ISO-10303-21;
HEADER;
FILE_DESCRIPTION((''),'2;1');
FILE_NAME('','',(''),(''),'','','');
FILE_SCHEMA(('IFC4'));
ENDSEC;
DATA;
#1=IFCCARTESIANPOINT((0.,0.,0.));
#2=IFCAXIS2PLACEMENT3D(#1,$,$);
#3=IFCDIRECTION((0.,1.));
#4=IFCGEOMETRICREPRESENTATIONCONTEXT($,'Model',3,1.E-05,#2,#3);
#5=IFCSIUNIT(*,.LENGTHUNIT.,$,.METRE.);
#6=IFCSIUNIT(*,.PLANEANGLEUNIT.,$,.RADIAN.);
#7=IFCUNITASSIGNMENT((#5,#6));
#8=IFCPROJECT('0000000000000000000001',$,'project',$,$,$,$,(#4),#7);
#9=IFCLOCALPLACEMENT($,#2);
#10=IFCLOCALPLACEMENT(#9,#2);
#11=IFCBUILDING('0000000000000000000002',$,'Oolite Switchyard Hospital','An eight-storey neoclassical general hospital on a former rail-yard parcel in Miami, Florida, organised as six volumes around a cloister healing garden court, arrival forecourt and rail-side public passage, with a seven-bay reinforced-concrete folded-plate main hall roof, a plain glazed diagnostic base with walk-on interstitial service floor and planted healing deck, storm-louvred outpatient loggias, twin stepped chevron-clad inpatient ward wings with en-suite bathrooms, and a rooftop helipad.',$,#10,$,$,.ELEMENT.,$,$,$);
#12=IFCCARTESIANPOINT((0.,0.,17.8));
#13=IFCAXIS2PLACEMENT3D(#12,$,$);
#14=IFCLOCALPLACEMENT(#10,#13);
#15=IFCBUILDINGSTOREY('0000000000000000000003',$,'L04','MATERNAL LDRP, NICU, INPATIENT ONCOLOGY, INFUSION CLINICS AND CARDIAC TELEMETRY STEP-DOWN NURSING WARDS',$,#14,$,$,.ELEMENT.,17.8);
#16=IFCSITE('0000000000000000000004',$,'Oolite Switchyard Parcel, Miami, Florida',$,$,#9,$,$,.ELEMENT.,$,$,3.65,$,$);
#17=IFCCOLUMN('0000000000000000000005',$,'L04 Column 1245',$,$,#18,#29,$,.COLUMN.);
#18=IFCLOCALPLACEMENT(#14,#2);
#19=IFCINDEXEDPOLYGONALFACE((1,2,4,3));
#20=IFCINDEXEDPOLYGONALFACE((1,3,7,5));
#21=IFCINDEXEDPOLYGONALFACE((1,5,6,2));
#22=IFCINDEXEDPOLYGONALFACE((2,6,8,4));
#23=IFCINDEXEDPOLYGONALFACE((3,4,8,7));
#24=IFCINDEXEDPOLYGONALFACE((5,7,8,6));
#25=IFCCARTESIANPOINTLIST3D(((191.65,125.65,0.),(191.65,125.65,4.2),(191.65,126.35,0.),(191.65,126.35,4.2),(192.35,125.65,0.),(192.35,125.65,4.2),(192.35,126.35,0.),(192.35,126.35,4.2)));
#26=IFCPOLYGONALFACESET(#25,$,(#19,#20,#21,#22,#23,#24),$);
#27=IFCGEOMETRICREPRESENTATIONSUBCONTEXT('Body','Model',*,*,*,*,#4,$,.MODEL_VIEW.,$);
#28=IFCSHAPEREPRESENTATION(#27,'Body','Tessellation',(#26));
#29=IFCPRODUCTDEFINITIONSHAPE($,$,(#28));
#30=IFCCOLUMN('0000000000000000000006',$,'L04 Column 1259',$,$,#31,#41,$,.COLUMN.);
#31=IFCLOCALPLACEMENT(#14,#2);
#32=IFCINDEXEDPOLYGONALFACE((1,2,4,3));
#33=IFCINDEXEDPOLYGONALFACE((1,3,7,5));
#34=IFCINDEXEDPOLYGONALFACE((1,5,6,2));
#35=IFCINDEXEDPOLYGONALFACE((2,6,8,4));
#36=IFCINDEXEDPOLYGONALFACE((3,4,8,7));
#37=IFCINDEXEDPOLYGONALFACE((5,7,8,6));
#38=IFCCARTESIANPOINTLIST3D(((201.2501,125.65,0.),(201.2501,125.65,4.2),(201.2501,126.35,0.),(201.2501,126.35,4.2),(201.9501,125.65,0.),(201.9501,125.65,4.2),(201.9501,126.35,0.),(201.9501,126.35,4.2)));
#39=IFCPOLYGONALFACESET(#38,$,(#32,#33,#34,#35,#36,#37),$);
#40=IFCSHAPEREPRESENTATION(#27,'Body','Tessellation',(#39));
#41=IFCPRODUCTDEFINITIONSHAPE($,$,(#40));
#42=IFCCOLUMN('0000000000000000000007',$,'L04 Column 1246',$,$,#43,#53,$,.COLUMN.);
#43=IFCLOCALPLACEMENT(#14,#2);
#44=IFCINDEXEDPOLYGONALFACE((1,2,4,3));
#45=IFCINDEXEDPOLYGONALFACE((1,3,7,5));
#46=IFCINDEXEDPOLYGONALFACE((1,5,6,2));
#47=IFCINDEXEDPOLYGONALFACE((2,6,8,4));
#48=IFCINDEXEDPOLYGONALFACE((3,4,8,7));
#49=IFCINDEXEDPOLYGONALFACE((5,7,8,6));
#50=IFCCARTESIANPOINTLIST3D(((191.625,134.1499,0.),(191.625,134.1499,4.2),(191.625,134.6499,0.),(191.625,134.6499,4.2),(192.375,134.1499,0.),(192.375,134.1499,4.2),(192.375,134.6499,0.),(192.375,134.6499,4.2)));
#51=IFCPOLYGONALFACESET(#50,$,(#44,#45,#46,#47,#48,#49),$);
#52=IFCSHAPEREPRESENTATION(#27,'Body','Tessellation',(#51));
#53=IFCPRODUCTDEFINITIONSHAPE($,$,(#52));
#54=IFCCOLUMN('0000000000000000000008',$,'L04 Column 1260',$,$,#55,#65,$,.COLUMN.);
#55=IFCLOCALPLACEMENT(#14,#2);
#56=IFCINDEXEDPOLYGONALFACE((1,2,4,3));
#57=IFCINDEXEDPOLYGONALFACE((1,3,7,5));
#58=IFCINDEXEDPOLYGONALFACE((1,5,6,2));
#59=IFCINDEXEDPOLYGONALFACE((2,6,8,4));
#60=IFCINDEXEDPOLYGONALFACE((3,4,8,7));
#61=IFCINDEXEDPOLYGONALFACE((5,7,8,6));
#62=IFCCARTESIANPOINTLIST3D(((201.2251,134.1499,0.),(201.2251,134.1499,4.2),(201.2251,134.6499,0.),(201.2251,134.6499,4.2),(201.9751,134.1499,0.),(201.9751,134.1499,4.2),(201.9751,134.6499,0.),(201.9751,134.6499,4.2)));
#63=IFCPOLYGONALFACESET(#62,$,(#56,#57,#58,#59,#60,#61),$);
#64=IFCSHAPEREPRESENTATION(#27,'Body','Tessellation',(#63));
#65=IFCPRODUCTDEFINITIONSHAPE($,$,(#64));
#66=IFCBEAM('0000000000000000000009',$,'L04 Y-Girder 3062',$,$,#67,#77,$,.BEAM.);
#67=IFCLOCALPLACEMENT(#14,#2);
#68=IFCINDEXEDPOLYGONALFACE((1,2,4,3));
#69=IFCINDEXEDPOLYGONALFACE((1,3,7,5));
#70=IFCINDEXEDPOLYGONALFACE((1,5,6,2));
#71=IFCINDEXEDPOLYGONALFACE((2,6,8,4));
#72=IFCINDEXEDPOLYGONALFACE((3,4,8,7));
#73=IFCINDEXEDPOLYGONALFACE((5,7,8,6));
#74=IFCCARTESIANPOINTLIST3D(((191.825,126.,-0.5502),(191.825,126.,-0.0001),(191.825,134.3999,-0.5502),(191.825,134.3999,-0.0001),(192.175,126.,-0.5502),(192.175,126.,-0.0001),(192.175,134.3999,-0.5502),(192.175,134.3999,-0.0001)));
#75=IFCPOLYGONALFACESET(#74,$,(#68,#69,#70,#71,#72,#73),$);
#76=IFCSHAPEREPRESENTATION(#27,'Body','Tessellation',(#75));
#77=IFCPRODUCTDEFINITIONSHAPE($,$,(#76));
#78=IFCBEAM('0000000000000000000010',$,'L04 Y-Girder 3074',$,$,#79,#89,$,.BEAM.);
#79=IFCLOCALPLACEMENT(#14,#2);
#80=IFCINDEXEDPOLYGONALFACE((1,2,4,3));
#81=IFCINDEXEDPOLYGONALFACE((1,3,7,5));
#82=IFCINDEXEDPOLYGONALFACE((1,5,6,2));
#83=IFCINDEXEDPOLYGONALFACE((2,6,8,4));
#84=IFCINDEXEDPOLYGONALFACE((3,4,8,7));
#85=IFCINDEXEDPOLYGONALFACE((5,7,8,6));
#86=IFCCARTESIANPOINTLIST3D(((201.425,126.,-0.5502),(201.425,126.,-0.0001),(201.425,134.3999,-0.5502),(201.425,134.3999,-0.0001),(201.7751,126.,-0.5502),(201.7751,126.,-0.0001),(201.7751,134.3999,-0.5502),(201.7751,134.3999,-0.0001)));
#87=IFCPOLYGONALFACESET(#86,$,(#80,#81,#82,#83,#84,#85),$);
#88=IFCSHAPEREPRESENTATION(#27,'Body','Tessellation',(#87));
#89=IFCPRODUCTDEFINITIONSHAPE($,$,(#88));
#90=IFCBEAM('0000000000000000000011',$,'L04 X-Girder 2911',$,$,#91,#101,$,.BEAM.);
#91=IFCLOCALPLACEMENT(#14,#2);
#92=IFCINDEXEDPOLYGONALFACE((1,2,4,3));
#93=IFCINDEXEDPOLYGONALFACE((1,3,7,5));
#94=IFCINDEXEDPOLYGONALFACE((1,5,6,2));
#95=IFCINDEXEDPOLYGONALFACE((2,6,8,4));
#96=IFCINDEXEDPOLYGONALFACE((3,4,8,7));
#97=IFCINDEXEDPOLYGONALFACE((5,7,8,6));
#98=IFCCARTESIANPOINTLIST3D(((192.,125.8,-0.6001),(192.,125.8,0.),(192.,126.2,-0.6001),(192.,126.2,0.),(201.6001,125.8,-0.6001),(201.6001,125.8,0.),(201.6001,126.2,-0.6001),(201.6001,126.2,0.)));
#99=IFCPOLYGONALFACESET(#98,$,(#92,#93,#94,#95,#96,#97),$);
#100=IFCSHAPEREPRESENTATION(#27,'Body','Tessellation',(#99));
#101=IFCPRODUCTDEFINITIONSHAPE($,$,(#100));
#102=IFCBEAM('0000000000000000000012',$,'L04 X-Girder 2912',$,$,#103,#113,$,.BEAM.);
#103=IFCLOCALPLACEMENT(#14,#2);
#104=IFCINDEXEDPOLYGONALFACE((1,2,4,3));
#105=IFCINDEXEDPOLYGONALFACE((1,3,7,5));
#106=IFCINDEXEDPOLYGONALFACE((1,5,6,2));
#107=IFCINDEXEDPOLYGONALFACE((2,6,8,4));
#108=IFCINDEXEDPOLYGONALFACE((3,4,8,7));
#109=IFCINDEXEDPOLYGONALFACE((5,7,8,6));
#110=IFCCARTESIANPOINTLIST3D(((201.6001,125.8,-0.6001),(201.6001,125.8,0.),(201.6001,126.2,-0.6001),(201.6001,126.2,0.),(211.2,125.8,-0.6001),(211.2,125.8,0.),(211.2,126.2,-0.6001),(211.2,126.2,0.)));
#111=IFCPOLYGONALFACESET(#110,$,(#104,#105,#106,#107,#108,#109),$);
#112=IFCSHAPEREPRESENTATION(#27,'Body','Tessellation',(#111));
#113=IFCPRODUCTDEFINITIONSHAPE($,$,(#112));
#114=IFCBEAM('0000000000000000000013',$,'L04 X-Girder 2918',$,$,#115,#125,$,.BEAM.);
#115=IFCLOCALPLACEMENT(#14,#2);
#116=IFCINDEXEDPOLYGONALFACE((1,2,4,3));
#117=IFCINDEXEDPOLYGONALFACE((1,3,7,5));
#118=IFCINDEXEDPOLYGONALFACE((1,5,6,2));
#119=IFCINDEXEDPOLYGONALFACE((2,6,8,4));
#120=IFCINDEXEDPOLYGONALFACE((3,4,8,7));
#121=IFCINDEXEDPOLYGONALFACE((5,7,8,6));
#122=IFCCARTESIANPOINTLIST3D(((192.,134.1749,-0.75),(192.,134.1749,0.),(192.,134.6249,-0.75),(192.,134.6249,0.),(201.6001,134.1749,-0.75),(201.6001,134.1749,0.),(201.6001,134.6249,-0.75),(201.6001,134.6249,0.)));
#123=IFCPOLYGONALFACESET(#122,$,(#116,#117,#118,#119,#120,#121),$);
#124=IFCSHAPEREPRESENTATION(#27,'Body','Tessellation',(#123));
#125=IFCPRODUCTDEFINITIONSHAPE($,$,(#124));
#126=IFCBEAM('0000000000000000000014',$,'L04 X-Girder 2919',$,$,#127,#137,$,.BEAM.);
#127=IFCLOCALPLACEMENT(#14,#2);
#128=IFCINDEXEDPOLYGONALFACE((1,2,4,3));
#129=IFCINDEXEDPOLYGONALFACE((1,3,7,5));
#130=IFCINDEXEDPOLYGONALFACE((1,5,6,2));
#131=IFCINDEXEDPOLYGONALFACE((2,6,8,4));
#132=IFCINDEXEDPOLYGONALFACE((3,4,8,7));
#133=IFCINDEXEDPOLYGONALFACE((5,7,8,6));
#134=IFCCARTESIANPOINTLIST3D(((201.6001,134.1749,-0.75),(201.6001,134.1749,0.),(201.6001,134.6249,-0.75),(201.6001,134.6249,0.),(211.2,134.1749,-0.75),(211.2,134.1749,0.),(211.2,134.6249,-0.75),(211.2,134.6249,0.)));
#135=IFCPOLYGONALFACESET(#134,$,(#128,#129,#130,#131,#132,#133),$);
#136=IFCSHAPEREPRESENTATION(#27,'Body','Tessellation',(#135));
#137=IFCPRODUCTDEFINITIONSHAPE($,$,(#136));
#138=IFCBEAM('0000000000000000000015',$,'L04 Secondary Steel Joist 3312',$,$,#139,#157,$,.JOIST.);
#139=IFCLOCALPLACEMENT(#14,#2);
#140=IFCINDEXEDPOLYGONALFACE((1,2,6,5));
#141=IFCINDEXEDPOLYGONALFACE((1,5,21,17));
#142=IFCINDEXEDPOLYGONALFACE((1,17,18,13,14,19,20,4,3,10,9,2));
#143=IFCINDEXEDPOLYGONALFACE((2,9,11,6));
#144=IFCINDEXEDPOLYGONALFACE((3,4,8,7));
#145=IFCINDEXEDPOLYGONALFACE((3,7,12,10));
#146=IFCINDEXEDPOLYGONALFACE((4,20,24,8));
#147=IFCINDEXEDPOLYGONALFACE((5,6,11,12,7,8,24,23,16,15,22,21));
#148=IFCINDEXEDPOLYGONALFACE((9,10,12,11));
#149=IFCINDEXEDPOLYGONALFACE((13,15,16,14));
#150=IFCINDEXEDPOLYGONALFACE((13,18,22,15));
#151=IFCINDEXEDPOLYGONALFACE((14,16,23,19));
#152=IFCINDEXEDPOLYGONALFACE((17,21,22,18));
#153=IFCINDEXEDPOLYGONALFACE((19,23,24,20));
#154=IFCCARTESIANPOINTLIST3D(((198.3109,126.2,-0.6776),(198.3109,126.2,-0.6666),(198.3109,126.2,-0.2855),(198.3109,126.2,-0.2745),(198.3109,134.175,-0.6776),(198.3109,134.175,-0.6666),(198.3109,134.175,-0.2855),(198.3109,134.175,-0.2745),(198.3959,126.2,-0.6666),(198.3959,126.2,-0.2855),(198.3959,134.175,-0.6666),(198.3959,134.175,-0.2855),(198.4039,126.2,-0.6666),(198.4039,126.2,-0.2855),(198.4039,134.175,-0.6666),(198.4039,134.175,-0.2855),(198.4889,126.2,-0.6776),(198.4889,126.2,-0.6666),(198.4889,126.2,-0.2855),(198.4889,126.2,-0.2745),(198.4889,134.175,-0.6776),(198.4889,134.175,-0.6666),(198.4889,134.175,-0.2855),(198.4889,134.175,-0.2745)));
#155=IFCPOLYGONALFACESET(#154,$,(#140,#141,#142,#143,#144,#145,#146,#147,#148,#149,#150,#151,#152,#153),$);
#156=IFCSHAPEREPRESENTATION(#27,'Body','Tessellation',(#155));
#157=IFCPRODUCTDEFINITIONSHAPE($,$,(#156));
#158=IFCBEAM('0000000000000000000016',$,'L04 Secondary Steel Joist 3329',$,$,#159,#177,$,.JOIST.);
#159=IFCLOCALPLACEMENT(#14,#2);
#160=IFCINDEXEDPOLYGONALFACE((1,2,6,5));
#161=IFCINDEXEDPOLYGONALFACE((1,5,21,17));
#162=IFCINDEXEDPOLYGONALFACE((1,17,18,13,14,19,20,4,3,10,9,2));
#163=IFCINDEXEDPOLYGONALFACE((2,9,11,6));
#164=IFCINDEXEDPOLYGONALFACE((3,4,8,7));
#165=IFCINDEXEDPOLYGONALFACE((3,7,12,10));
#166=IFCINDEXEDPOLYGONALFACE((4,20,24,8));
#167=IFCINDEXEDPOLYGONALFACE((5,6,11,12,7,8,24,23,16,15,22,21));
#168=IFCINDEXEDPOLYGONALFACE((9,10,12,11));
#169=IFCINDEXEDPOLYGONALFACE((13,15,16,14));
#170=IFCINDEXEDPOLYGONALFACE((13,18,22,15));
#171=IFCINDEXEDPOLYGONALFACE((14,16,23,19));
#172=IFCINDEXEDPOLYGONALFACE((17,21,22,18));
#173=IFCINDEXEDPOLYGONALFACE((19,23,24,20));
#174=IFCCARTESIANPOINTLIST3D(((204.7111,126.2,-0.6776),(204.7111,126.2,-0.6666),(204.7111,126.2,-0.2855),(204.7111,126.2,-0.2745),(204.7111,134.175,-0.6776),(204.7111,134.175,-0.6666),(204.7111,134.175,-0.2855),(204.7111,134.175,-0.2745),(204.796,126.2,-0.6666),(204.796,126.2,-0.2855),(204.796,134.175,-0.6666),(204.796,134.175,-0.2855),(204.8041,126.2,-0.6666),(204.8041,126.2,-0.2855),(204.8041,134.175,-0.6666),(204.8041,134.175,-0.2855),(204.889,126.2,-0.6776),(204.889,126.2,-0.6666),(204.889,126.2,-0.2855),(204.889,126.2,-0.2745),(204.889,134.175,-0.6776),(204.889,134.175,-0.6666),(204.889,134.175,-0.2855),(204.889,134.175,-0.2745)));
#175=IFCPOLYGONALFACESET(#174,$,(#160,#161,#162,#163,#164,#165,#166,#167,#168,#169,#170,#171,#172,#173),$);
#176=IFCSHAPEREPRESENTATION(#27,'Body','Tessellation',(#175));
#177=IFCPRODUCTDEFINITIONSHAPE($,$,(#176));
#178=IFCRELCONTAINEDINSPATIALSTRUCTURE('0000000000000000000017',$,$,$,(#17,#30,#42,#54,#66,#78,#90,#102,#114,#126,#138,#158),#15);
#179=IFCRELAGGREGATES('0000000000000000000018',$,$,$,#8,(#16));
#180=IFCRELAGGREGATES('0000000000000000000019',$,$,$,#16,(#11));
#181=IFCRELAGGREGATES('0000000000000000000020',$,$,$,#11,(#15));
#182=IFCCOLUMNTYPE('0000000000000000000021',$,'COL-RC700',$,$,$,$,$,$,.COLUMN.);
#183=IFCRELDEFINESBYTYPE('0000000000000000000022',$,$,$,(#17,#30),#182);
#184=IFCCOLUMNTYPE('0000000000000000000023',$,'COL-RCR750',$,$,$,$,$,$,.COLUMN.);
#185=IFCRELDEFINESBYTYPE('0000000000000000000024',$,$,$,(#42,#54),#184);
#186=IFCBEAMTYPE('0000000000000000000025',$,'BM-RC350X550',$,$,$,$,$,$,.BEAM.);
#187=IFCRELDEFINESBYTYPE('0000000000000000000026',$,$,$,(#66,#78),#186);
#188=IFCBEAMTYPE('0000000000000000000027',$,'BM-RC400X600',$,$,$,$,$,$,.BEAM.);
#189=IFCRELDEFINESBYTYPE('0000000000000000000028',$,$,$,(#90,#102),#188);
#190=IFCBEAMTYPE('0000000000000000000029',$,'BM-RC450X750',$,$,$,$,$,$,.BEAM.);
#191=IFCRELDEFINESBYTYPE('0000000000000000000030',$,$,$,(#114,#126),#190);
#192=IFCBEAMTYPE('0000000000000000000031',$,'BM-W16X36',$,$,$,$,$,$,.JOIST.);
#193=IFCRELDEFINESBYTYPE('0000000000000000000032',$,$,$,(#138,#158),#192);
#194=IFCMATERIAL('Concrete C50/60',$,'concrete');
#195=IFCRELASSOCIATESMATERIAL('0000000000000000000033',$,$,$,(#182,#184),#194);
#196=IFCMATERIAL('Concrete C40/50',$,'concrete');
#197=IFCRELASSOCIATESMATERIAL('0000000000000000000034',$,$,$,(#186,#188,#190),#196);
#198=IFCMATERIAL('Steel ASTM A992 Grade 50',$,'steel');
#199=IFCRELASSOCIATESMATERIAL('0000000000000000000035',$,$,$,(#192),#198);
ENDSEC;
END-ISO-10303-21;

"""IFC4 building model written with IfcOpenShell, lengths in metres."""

from ifc_helpers import new_model, si_unit, direction, frame, origin, origin_2d, place, context, subcontext, project, spatial, rectangle, i_section, extrude, material, material_profile, profile_set, type_object, element, save


model = new_model("IFC4")

# Units and contexts
model_context = context("Model", 3, precision=1e-05, world=origin(), true_north=direction((0.0, 1.0)))
body_context = subcontext(model_context, "Body", "Model", "MODEL_VIEW")
ifc_project = project(units=[si_unit("LENGTHUNIT", "METRE"), si_unit("PLANEANGLEUNIT", "RADIAN")], contexts=[model_context])

# Site, building, storey
site_placement = place(None, origin())
site = spatial("IfcSite", under=ifc_project, at=site_placement, Name="Oolite Switchyard Parcel, Miami, Florida", CompositionType="ELEMENT", RefElevation=3.65)
building_placement = place(site_placement, origin())
building = spatial("IfcBuilding", under=site, at=building_placement, Name="Oolite Switchyard Hospital", Description="An eight-storey neoclassical general hospital on a former rail-yard parcel in Miami, Florida, organised as six volumes around a cloister healing garden court, arrival forecourt and rail-side public passage, with a seven-bay reinforced-concrete folded-plate main hall roof, a plain glazed diagnostic base with walk-on interstitial service floor and planted healing deck, storm-louvred outpatient loggias, twin stepped chevron-clad inpatient ward wings with en-suite bathrooms, and a rooftop helipad.", CompositionType="ELEMENT")
storey_placement = place(building_placement, frame((0.0, 0.0, 17.8)))
storey = spatial("IfcBuildingStorey", under=building, at=storey_placement, Name="L04", Description="MATERNAL LDRP, NICU, INPATIENT ONCOLOGY, INFUSION CLINICS AND CARDIAC TELEMETRY STEP-DOWN NURSING WARDS", CompositionType="ELEMENT", Elevation=17.8)

# Columns
ifc_material_1 = material(Name="Concrete C50/60", Category="concrete")
ifc_material_profile_1 = material_profile(ifc_material_1, rectangle(XDim=0.7, YDim=0.7, at=origin_2d()), Name="RC700X700")
ifc_profile_set_1 = profile_set([ifc_material_profile_1], Name="Concrete C50/60")
column_type_1 = type_object("IfcColumnType", Name="COL-RC700", PredefinedType="COLUMN", material=ifc_profile_set_1)
for number, where, z_axis, x_axis, name in (
    (1, (192.0, 126.0, 0.0), (0.0, 0.0, 1.0), (1.0, 0.0, 0.0), "L04 Column 1245"),
    (2, (201.6001, 126.0, 0.0), (0.0, 0.0, 1.0), (1.0, 0.0, 0.0), "L04 Column 1259"),
):
    element("IfcColumn", number, at=place(storey_placement, frame(where, z_axis=z_axis, x_axis=x_axis)), inside=storey, type_object=column_type_1, Name=name, PredefinedType="COLUMN", context=body_context, shape_type="SweptSolid", body=[
        extrude(rectangle(XDim=0.7, YDim=0.7, at=origin_2d()), origin(), (0.0, 0.0, 1.0), 4.2),
    ])
ifc_material_profile_2 = material_profile(ifc_material_1, rectangle(XDim=0.75, YDim=0.5, at=origin_2d()), Name="RC750X500")
ifc_profile_set_2 = profile_set([ifc_material_profile_2], Name="Concrete C50/60")
column_type_2 = type_object("IfcColumnType", Name="COL-RCR750", PredefinedType="COLUMN", material=ifc_profile_set_2)
for number, where, z_axis, x_axis, name in (
    (3, (192.0, 134.3999, 0.0), (0.0, 0.0, 1.0), (1.0, 0.0, 0.0), "L04 Column 1246"),
    (4, (201.6001, 134.3999, 0.0), (0.0, 0.0, 1.0), (1.0, 0.0, 0.0), "L04 Column 1260"),
):
    element("IfcColumn", number, at=place(storey_placement, frame(where, z_axis=z_axis, x_axis=x_axis)), inside=storey, type_object=column_type_2, Name=name, PredefinedType="COLUMN", context=body_context, shape_type="SweptSolid", body=[
        extrude(rectangle(XDim=0.75, YDim=0.5, at=origin_2d()), origin(), (0.0, 0.0, 1.0), 4.2),
    ])

# Beams
ifc_material_2 = material(Name="Concrete C40/50", Category="concrete")
ifc_material_profile_3 = material_profile(ifc_material_2, rectangle(XDim=0.3501, YDim=0.55, at=origin_2d()), Name="RCB350X550")
ifc_profile_set_3 = profile_set([ifc_material_profile_3], Name="Concrete C40/50")
beam_type_1 = type_object("IfcBeamType", Name="BM-RC350X550", PredefinedType="BEAM", material=ifc_profile_set_3)
for number, where, z_axis, x_axis, name in (
    (5, (192.0, 126.0, -0.2751), (0.0, 1.0, 0.0), (-1.0, 0.0, 0.0), "L04 Y-Girder 3062"),
    (6, (201.6001, 126.0, -0.2751), (0.0, 1.0, 0.0), (-1.0, 0.0, 0.0), "L04 Y-Girder 3074"),
):
    element("IfcBeam", number, at=place(storey_placement, frame(where, z_axis=z_axis, x_axis=x_axis)), inside=storey, type_object=beam_type_1, Name=name, PredefinedType="BEAM", context=body_context, shape_type="SweptSolid", body=[
        extrude(rectangle(XDim=0.3501, YDim=0.55, at=origin_2d()), origin(), (0.0, 0.0, 1.0), 8.3999),
    ])
ifc_material_profile_4 = material_profile(ifc_material_2, rectangle(XDim=0.3999, YDim=0.6001, at=origin_2d()), Name="RCB400X600")
ifc_profile_set_4 = profile_set([ifc_material_profile_4], Name="Concrete C40/50")
beam_type_2 = type_object("IfcBeamType", Name="BM-RC400X600", PredefinedType="BEAM", material=ifc_profile_set_4)
beam_1_placement = place(storey_placement, frame((192.0, 126.0, -0.3), z_axis=(1.0, 0.0, 0.0), x_axis=(0.0, 1.0, 0.0)))
element("IfcBeam", 7, at=beam_1_placement, inside=storey, type_object=beam_type_2, Name="L04 X-Girder 2911", PredefinedType="BEAM", context=body_context, shape_type="SweptSolid", body=[
    extrude(rectangle(XDim=0.3999, YDim=0.6001, at=origin_2d()), origin(), (0.0, 0.0, 1.0), 9.6001),
])
beam_2_placement = place(storey_placement, frame((201.6001, 126.0, -0.3), z_axis=(1.0, 0.0, 0.0), x_axis=(0.0, 1.0, 0.0)))
element("IfcBeam", 8, at=beam_2_placement, inside=storey, type_object=beam_type_2, Name="L04 X-Girder 2912", PredefinedType="BEAM", context=body_context, shape_type="SweptSolid", body=[
    extrude(rectangle(XDim=0.3999, YDim=0.6001, at=origin_2d()), origin(), (0.0, 0.0, 1.0), 9.5999),
])
ifc_material_profile_5 = material_profile(ifc_material_2, rectangle(XDim=0.45, YDim=0.75, at=origin_2d()), Name="RCB450X750")
ifc_profile_set_5 = profile_set([ifc_material_profile_5], Name="Concrete C40/50")
beam_type_3 = type_object("IfcBeamType", Name="BM-RC450X750", PredefinedType="BEAM", material=ifc_profile_set_5)
beam_3_placement = place(storey_placement, frame((192.0, 134.3999, -0.375), z_axis=(1.0, 0.0, 0.0), x_axis=(0.0, 1.0, 0.0)))
element("IfcBeam", 9, at=beam_3_placement, inside=storey, type_object=beam_type_3, Name="L04 X-Girder 2918", PredefinedType="BEAM", context=body_context, shape_type="SweptSolid", body=[
    extrude(rectangle(XDim=0.45, YDim=0.75, at=origin_2d()), origin(), (0.0, 0.0, 1.0), 9.6001),
])
beam_4_placement = place(storey_placement, frame((201.6001, 134.3999, -0.375), z_axis=(1.0, 0.0, 0.0), x_axis=(0.0, 1.0, 0.0)))
element("IfcBeam", 10, at=beam_4_placement, inside=storey, type_object=beam_type_3, Name="L04 X-Girder 2919", PredefinedType="BEAM", context=body_context, shape_type="SweptSolid", body=[
    extrude(rectangle(XDim=0.45, YDim=0.75, at=origin_2d()), origin(), (0.0, 0.0, 1.0), 9.5999),
])
ifc_material_3 = material(Name="Steel ASTM A992 Grade 50", Category="steel")
ifc_material_profile_6 = material_profile(ifc_material_3, i_section(OverallWidth=0.178, OverallDepth=0.4031, WebThickness=0.0081, FlangeThickness=0.011, at=origin_2d()), Name="W16X36")
ifc_profile_set_6 = profile_set([ifc_material_profile_6], Name="Steel ASTM A992 Grade 50")
beam_type_4 = type_object("IfcBeamType", Name="BM-W16X36", PredefinedType="JOIST", material=ifc_profile_set_6)
for number, where, z_axis, x_axis, name in (
    (11, (198.3999, 126.2, -0.4761), (0.0, 1.0, 0.0), (-1.0, 0.0, 0.0), "L04 Secondary Steel Joist 3312"),
    (12, (204.8, 126.2, -0.4761), (0.0, 1.0, 0.0), (-1.0, 0.0, 0.0), "L04 Secondary Steel Joist 3329"),
):
    element("IfcBeam", number, at=place(storey_placement, frame(where, z_axis=z_axis, x_axis=x_axis)), inside=storey, type_object=beam_type_4, Name=name, PredefinedType="JOIST", context=body_context, shape_type="SweptSolid", body=[
        extrude(i_section(OverallWidth=0.178, OverallDepth=0.4031, WebThickness=0.0081, FlangeThickness=0.011, at=origin_2d()), origin(), (0.0, 0.0, 1.0), 7.9751),
    ])

save(model, "model.ifc")
